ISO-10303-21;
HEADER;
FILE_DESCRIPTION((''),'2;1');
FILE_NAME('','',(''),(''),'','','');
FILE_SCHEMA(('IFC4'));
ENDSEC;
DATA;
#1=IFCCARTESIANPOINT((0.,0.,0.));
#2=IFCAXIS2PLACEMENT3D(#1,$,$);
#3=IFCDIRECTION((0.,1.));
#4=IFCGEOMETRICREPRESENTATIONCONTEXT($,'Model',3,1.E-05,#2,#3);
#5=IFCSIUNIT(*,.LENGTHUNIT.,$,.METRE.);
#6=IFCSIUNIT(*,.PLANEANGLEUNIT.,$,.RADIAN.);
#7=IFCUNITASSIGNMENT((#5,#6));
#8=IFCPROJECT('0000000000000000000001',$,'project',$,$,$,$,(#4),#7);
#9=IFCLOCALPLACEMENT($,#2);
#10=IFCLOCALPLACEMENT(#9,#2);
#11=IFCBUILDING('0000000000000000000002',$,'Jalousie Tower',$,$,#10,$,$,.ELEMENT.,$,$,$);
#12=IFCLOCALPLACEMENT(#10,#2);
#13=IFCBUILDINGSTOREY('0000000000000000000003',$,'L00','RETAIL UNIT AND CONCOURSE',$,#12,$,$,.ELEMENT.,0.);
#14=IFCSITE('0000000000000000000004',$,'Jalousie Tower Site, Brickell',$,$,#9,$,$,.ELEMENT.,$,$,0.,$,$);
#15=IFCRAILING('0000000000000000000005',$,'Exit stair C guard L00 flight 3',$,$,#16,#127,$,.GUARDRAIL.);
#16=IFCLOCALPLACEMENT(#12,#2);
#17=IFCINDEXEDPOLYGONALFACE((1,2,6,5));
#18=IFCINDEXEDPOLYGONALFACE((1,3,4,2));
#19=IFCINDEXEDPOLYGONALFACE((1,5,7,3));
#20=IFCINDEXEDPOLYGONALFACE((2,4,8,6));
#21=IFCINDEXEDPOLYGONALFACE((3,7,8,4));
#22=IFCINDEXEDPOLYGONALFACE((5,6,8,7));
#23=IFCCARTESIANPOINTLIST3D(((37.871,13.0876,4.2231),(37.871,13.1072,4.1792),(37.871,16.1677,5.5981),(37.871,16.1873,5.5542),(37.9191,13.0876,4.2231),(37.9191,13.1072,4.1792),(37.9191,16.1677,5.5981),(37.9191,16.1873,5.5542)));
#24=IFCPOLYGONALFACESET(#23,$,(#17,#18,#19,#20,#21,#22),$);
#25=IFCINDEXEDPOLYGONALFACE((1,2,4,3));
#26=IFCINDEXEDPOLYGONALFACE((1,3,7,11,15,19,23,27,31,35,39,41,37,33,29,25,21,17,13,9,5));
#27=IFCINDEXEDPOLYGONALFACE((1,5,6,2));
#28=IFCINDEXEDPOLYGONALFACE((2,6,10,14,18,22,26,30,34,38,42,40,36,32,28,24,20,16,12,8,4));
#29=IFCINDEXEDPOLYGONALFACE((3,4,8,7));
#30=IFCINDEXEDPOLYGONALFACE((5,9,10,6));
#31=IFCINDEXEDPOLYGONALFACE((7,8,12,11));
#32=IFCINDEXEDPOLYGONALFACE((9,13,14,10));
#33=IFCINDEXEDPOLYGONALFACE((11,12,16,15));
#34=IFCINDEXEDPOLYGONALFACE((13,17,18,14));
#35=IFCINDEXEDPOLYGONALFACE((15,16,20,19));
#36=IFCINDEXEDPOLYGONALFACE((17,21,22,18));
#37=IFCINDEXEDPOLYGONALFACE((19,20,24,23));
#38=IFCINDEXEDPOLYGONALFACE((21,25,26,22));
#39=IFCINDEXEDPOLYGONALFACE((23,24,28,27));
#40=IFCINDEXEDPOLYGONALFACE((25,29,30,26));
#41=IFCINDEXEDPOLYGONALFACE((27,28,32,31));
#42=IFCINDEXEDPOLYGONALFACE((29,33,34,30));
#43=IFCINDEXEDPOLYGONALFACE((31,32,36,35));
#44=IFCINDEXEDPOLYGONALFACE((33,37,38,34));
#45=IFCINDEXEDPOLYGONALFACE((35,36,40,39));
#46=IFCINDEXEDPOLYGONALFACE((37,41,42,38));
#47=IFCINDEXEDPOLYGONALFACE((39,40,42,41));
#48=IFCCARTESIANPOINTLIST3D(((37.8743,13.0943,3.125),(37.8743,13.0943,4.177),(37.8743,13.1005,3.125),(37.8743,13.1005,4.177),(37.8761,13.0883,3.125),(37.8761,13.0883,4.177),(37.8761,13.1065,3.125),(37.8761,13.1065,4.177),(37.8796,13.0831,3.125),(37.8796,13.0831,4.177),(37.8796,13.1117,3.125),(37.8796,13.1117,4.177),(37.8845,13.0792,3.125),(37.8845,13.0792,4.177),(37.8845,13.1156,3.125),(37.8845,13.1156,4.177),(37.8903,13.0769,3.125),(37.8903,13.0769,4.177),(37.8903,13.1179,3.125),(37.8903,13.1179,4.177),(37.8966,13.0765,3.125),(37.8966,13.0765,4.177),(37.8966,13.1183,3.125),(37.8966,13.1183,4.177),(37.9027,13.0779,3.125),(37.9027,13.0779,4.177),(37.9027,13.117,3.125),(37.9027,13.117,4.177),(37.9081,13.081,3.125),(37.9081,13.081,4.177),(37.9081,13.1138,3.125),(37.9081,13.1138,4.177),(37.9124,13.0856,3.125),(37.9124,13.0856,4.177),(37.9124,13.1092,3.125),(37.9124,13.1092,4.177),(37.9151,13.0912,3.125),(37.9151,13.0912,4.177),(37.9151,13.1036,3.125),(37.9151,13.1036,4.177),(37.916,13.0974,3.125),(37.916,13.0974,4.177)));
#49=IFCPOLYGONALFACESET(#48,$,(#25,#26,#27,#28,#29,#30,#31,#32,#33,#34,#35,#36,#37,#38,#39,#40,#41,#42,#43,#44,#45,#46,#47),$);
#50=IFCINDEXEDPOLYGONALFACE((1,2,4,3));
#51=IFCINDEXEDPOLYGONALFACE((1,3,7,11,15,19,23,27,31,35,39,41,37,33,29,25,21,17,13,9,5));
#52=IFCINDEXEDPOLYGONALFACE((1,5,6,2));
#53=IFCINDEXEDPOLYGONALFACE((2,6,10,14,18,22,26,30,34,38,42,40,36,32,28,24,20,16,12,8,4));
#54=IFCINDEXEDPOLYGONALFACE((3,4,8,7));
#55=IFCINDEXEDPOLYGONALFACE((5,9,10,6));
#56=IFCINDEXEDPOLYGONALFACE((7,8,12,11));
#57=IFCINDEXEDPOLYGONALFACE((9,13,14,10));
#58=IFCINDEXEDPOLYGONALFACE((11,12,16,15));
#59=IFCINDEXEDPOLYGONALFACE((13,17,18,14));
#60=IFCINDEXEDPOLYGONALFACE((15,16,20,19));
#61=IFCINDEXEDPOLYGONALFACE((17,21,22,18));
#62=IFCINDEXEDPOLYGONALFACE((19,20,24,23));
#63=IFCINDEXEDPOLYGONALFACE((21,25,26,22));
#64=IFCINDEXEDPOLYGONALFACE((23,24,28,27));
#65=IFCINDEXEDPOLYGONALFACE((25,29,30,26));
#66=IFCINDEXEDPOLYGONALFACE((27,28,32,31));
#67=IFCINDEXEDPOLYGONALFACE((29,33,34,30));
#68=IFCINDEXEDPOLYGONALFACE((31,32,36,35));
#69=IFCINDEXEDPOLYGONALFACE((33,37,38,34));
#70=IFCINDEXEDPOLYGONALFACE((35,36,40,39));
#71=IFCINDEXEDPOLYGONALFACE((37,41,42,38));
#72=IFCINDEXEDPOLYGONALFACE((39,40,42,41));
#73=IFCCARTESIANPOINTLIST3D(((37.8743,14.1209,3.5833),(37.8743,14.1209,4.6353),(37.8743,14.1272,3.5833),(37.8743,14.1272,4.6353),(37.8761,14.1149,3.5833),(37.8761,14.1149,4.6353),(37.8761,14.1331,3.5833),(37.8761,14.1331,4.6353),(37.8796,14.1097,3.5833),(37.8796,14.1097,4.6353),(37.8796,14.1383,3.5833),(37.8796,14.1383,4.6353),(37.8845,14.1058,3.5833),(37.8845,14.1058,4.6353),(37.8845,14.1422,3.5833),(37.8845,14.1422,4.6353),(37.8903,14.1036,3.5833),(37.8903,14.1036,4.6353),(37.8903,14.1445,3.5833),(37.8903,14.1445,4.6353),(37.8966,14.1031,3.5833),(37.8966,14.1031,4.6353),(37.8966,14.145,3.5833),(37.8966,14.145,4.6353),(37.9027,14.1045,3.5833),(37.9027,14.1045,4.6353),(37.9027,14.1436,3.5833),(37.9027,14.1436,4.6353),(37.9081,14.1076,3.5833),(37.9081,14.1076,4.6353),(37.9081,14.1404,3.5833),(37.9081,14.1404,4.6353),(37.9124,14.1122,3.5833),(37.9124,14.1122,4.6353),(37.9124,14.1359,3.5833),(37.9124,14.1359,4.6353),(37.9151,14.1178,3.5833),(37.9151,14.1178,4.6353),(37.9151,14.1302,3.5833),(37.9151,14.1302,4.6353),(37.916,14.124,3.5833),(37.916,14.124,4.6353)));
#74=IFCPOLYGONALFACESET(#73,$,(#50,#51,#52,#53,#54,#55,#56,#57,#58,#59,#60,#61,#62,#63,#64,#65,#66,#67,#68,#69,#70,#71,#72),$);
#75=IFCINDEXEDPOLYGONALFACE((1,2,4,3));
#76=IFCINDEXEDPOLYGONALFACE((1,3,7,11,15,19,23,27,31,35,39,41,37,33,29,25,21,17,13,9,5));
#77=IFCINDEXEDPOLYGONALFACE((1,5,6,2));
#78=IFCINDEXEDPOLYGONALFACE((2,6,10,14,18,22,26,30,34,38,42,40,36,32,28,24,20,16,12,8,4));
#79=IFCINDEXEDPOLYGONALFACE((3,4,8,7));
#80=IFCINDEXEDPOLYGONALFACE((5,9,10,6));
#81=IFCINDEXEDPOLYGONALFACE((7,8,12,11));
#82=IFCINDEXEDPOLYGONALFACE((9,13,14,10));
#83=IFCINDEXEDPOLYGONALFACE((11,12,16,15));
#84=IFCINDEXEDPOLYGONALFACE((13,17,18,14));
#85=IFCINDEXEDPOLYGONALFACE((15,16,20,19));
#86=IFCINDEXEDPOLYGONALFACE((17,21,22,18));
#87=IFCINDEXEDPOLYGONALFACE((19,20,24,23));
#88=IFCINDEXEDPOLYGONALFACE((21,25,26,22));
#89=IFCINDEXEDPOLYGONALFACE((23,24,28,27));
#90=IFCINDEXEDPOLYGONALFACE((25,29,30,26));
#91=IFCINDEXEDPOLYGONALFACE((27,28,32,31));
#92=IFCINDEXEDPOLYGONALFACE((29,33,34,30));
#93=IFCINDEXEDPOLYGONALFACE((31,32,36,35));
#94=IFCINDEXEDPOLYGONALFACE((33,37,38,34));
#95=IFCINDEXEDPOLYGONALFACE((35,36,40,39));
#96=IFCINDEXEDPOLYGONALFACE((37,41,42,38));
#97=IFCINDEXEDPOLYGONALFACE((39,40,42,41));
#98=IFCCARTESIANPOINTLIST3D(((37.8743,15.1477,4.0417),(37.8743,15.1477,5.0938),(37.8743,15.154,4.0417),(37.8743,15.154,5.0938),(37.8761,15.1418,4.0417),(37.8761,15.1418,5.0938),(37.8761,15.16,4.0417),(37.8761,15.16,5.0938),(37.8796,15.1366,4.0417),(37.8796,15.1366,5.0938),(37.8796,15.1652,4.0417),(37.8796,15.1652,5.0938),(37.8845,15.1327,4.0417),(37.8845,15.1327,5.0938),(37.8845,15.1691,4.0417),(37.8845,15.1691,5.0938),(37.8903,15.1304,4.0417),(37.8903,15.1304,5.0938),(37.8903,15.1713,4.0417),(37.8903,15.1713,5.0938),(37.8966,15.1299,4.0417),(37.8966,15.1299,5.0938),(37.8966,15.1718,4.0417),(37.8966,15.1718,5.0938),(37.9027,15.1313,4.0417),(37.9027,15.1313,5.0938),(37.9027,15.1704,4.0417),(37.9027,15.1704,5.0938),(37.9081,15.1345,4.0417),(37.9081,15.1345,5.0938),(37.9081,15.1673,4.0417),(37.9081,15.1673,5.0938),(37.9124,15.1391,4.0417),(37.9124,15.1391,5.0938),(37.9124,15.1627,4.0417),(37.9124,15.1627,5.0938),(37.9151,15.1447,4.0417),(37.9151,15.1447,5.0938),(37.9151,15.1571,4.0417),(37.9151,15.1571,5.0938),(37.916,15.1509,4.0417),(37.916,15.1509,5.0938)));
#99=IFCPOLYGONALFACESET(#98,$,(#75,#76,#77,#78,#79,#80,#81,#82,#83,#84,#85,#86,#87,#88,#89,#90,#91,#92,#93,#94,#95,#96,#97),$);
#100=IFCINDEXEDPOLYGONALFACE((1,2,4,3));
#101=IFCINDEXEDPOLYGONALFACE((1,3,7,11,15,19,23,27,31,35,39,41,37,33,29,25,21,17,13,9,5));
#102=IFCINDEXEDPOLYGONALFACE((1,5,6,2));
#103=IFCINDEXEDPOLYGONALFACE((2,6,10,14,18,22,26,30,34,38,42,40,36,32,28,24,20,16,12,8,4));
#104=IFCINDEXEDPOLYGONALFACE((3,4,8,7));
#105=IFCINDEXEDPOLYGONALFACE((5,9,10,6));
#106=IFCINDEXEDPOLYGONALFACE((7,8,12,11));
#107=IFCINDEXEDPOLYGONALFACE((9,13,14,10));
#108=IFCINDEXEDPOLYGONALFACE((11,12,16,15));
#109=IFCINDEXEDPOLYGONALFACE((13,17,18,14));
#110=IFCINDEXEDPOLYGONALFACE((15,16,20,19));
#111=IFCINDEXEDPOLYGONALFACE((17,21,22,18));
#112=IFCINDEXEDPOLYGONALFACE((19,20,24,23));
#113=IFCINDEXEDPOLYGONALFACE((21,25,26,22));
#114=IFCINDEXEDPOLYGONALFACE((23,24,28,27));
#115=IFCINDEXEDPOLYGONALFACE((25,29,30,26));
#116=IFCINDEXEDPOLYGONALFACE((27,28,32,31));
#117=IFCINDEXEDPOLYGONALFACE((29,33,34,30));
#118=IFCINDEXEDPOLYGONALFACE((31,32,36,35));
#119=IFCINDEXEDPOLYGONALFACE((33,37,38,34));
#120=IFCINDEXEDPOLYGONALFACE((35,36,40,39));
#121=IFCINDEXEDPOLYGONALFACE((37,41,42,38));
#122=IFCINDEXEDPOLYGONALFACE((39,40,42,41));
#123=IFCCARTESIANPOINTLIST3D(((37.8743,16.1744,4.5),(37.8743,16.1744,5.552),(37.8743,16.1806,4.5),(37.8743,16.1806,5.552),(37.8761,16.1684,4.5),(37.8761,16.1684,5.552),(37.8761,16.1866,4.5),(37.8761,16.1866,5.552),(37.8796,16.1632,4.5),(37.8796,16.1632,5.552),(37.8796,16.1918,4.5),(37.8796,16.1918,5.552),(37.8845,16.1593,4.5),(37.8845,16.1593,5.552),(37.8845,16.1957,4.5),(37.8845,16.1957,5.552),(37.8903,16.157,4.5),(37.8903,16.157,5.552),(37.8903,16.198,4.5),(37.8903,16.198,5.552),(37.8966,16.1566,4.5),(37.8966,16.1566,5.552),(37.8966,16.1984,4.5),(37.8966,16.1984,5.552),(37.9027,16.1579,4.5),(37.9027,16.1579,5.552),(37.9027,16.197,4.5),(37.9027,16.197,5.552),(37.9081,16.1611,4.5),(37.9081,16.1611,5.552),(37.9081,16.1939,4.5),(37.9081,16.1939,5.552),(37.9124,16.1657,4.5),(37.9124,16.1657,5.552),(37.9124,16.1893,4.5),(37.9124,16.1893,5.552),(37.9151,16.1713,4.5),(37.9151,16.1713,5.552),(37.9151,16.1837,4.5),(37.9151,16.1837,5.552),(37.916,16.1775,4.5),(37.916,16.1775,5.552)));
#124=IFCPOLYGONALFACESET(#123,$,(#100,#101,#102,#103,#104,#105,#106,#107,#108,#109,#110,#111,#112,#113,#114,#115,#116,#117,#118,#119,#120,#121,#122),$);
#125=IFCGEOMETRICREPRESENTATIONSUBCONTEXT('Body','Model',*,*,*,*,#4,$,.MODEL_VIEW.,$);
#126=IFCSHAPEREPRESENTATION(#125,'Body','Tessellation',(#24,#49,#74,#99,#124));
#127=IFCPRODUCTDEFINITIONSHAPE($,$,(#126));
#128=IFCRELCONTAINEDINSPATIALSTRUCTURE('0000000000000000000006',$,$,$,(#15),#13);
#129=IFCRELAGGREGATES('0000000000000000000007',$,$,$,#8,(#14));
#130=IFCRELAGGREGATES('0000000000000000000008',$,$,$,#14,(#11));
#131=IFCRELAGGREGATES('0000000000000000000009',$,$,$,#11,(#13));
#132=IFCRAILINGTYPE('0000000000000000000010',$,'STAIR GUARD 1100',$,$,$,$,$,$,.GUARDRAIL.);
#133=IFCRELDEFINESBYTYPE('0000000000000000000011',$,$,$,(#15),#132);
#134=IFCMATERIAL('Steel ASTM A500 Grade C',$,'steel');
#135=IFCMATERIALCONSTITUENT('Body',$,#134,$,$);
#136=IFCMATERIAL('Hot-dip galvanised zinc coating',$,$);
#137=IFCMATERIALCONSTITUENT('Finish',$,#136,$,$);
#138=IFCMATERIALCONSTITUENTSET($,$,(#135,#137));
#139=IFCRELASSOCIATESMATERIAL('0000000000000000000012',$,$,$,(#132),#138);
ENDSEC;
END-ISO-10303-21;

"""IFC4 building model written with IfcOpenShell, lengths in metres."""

from ifc_helpers import new_model, si_unit, direction, frame, origin, origin_2d, place, context, subcontext, project, spatial, rectangle, circle, extrude, material, constituent, constituent_set, type_object, element, save


model = new_model("IFC4")

# Units and contexts
model_context = context("Model", 3, precision=1e-05, world=origin(), true_north=direction((0.0, 1.0)))
body_context = subcontext(model_context, "Body", "Model", "MODEL_VIEW")
ifc_project = project(units=[si_unit("LENGTHUNIT", "METRE"), si_unit("PLANEANGLEUNIT", "RADIAN")], contexts=[model_context])

# Site, building, storey
site_placement = place(None, origin())
site = spatial("IfcSite", under=ifc_project, at=site_placement, Name="Jalousie Tower Site, Brickell", CompositionType="ELEMENT", RefElevation=0.0)
building_placement = place(site_placement, origin())
building = spatial("IfcBuilding", under=site, at=building_placement, Name="Jalousie Tower", CompositionType="ELEMENT")
storey_placement = place(building_placement, origin())
storey = spatial("IfcBuildingStorey", under=building, at=storey_placement, Name="L00", Description="RETAIL UNIT AND CONCOURSE", CompositionType="ELEMENT", Elevation=0.0)

# Railing
ifc_material_1 = material(Name="Steel ASTM A500 Grade C", Category="steel")
ifc_constituent_1 = constituent(ifc_material_1, Name="Body")
ifc_material_2 = material(Name="Hot-dip galvanised zinc coating")
ifc_constituent_2 = constituent(ifc_material_2, Name="Finish")
ifc_constituent_set_1 = constituent_set(constituents=[ifc_constituent_1, ifc_constituent_2])
railing_type_1 = type_object("IfcRailingType", Name="STAIR GUARD 1100", PredefinedType="GUARDRAIL", material=ifc_constituent_set_1)
railing_1_placement = place(storey_placement, frame((37.895, 13.0974, 3.125)))
element("IfcRailing", 1, at=railing_1_placement, inside=storey, type_object=railing_type_1, Name="Exit stair C guard L00 flight 3", PredefinedType="GUARDRAIL", context=body_context, shape_type="SweptSolid", body=[
    extrude(rectangle(XDim=0.0481, YDim=0.0481, at=origin_2d()), frame((0.0, 0.0, 1.0762), z_axis=(0.0, 0.913142, 0.407642), x_axis=(-1.0, 0.0, 0.0)), (0.0, 0.0, 1.0), 3.373),
    extrude(circle(Radius=0.021, at=origin_2d()), origin(), (0.0, 0.0, 1.0), 1.052),
    extrude(circle(Radius=0.021, at=origin_2d()), frame((0.0, 1.0266, 0.4583)), (0.0, 0.0, 1.0), 1.052),
    extrude(circle(Radius=0.021, at=origin_2d()), frame((0.0, 2.0535, 0.9167)), (0.0, 0.0, 1.0), 1.052),
    extrude(circle(Radius=0.021, at=origin_2d()), frame((0.0, 3.0801, 1.375)), (0.0, 0.0, 1.0), 1.052),
])

save(model, "model.ifc")
